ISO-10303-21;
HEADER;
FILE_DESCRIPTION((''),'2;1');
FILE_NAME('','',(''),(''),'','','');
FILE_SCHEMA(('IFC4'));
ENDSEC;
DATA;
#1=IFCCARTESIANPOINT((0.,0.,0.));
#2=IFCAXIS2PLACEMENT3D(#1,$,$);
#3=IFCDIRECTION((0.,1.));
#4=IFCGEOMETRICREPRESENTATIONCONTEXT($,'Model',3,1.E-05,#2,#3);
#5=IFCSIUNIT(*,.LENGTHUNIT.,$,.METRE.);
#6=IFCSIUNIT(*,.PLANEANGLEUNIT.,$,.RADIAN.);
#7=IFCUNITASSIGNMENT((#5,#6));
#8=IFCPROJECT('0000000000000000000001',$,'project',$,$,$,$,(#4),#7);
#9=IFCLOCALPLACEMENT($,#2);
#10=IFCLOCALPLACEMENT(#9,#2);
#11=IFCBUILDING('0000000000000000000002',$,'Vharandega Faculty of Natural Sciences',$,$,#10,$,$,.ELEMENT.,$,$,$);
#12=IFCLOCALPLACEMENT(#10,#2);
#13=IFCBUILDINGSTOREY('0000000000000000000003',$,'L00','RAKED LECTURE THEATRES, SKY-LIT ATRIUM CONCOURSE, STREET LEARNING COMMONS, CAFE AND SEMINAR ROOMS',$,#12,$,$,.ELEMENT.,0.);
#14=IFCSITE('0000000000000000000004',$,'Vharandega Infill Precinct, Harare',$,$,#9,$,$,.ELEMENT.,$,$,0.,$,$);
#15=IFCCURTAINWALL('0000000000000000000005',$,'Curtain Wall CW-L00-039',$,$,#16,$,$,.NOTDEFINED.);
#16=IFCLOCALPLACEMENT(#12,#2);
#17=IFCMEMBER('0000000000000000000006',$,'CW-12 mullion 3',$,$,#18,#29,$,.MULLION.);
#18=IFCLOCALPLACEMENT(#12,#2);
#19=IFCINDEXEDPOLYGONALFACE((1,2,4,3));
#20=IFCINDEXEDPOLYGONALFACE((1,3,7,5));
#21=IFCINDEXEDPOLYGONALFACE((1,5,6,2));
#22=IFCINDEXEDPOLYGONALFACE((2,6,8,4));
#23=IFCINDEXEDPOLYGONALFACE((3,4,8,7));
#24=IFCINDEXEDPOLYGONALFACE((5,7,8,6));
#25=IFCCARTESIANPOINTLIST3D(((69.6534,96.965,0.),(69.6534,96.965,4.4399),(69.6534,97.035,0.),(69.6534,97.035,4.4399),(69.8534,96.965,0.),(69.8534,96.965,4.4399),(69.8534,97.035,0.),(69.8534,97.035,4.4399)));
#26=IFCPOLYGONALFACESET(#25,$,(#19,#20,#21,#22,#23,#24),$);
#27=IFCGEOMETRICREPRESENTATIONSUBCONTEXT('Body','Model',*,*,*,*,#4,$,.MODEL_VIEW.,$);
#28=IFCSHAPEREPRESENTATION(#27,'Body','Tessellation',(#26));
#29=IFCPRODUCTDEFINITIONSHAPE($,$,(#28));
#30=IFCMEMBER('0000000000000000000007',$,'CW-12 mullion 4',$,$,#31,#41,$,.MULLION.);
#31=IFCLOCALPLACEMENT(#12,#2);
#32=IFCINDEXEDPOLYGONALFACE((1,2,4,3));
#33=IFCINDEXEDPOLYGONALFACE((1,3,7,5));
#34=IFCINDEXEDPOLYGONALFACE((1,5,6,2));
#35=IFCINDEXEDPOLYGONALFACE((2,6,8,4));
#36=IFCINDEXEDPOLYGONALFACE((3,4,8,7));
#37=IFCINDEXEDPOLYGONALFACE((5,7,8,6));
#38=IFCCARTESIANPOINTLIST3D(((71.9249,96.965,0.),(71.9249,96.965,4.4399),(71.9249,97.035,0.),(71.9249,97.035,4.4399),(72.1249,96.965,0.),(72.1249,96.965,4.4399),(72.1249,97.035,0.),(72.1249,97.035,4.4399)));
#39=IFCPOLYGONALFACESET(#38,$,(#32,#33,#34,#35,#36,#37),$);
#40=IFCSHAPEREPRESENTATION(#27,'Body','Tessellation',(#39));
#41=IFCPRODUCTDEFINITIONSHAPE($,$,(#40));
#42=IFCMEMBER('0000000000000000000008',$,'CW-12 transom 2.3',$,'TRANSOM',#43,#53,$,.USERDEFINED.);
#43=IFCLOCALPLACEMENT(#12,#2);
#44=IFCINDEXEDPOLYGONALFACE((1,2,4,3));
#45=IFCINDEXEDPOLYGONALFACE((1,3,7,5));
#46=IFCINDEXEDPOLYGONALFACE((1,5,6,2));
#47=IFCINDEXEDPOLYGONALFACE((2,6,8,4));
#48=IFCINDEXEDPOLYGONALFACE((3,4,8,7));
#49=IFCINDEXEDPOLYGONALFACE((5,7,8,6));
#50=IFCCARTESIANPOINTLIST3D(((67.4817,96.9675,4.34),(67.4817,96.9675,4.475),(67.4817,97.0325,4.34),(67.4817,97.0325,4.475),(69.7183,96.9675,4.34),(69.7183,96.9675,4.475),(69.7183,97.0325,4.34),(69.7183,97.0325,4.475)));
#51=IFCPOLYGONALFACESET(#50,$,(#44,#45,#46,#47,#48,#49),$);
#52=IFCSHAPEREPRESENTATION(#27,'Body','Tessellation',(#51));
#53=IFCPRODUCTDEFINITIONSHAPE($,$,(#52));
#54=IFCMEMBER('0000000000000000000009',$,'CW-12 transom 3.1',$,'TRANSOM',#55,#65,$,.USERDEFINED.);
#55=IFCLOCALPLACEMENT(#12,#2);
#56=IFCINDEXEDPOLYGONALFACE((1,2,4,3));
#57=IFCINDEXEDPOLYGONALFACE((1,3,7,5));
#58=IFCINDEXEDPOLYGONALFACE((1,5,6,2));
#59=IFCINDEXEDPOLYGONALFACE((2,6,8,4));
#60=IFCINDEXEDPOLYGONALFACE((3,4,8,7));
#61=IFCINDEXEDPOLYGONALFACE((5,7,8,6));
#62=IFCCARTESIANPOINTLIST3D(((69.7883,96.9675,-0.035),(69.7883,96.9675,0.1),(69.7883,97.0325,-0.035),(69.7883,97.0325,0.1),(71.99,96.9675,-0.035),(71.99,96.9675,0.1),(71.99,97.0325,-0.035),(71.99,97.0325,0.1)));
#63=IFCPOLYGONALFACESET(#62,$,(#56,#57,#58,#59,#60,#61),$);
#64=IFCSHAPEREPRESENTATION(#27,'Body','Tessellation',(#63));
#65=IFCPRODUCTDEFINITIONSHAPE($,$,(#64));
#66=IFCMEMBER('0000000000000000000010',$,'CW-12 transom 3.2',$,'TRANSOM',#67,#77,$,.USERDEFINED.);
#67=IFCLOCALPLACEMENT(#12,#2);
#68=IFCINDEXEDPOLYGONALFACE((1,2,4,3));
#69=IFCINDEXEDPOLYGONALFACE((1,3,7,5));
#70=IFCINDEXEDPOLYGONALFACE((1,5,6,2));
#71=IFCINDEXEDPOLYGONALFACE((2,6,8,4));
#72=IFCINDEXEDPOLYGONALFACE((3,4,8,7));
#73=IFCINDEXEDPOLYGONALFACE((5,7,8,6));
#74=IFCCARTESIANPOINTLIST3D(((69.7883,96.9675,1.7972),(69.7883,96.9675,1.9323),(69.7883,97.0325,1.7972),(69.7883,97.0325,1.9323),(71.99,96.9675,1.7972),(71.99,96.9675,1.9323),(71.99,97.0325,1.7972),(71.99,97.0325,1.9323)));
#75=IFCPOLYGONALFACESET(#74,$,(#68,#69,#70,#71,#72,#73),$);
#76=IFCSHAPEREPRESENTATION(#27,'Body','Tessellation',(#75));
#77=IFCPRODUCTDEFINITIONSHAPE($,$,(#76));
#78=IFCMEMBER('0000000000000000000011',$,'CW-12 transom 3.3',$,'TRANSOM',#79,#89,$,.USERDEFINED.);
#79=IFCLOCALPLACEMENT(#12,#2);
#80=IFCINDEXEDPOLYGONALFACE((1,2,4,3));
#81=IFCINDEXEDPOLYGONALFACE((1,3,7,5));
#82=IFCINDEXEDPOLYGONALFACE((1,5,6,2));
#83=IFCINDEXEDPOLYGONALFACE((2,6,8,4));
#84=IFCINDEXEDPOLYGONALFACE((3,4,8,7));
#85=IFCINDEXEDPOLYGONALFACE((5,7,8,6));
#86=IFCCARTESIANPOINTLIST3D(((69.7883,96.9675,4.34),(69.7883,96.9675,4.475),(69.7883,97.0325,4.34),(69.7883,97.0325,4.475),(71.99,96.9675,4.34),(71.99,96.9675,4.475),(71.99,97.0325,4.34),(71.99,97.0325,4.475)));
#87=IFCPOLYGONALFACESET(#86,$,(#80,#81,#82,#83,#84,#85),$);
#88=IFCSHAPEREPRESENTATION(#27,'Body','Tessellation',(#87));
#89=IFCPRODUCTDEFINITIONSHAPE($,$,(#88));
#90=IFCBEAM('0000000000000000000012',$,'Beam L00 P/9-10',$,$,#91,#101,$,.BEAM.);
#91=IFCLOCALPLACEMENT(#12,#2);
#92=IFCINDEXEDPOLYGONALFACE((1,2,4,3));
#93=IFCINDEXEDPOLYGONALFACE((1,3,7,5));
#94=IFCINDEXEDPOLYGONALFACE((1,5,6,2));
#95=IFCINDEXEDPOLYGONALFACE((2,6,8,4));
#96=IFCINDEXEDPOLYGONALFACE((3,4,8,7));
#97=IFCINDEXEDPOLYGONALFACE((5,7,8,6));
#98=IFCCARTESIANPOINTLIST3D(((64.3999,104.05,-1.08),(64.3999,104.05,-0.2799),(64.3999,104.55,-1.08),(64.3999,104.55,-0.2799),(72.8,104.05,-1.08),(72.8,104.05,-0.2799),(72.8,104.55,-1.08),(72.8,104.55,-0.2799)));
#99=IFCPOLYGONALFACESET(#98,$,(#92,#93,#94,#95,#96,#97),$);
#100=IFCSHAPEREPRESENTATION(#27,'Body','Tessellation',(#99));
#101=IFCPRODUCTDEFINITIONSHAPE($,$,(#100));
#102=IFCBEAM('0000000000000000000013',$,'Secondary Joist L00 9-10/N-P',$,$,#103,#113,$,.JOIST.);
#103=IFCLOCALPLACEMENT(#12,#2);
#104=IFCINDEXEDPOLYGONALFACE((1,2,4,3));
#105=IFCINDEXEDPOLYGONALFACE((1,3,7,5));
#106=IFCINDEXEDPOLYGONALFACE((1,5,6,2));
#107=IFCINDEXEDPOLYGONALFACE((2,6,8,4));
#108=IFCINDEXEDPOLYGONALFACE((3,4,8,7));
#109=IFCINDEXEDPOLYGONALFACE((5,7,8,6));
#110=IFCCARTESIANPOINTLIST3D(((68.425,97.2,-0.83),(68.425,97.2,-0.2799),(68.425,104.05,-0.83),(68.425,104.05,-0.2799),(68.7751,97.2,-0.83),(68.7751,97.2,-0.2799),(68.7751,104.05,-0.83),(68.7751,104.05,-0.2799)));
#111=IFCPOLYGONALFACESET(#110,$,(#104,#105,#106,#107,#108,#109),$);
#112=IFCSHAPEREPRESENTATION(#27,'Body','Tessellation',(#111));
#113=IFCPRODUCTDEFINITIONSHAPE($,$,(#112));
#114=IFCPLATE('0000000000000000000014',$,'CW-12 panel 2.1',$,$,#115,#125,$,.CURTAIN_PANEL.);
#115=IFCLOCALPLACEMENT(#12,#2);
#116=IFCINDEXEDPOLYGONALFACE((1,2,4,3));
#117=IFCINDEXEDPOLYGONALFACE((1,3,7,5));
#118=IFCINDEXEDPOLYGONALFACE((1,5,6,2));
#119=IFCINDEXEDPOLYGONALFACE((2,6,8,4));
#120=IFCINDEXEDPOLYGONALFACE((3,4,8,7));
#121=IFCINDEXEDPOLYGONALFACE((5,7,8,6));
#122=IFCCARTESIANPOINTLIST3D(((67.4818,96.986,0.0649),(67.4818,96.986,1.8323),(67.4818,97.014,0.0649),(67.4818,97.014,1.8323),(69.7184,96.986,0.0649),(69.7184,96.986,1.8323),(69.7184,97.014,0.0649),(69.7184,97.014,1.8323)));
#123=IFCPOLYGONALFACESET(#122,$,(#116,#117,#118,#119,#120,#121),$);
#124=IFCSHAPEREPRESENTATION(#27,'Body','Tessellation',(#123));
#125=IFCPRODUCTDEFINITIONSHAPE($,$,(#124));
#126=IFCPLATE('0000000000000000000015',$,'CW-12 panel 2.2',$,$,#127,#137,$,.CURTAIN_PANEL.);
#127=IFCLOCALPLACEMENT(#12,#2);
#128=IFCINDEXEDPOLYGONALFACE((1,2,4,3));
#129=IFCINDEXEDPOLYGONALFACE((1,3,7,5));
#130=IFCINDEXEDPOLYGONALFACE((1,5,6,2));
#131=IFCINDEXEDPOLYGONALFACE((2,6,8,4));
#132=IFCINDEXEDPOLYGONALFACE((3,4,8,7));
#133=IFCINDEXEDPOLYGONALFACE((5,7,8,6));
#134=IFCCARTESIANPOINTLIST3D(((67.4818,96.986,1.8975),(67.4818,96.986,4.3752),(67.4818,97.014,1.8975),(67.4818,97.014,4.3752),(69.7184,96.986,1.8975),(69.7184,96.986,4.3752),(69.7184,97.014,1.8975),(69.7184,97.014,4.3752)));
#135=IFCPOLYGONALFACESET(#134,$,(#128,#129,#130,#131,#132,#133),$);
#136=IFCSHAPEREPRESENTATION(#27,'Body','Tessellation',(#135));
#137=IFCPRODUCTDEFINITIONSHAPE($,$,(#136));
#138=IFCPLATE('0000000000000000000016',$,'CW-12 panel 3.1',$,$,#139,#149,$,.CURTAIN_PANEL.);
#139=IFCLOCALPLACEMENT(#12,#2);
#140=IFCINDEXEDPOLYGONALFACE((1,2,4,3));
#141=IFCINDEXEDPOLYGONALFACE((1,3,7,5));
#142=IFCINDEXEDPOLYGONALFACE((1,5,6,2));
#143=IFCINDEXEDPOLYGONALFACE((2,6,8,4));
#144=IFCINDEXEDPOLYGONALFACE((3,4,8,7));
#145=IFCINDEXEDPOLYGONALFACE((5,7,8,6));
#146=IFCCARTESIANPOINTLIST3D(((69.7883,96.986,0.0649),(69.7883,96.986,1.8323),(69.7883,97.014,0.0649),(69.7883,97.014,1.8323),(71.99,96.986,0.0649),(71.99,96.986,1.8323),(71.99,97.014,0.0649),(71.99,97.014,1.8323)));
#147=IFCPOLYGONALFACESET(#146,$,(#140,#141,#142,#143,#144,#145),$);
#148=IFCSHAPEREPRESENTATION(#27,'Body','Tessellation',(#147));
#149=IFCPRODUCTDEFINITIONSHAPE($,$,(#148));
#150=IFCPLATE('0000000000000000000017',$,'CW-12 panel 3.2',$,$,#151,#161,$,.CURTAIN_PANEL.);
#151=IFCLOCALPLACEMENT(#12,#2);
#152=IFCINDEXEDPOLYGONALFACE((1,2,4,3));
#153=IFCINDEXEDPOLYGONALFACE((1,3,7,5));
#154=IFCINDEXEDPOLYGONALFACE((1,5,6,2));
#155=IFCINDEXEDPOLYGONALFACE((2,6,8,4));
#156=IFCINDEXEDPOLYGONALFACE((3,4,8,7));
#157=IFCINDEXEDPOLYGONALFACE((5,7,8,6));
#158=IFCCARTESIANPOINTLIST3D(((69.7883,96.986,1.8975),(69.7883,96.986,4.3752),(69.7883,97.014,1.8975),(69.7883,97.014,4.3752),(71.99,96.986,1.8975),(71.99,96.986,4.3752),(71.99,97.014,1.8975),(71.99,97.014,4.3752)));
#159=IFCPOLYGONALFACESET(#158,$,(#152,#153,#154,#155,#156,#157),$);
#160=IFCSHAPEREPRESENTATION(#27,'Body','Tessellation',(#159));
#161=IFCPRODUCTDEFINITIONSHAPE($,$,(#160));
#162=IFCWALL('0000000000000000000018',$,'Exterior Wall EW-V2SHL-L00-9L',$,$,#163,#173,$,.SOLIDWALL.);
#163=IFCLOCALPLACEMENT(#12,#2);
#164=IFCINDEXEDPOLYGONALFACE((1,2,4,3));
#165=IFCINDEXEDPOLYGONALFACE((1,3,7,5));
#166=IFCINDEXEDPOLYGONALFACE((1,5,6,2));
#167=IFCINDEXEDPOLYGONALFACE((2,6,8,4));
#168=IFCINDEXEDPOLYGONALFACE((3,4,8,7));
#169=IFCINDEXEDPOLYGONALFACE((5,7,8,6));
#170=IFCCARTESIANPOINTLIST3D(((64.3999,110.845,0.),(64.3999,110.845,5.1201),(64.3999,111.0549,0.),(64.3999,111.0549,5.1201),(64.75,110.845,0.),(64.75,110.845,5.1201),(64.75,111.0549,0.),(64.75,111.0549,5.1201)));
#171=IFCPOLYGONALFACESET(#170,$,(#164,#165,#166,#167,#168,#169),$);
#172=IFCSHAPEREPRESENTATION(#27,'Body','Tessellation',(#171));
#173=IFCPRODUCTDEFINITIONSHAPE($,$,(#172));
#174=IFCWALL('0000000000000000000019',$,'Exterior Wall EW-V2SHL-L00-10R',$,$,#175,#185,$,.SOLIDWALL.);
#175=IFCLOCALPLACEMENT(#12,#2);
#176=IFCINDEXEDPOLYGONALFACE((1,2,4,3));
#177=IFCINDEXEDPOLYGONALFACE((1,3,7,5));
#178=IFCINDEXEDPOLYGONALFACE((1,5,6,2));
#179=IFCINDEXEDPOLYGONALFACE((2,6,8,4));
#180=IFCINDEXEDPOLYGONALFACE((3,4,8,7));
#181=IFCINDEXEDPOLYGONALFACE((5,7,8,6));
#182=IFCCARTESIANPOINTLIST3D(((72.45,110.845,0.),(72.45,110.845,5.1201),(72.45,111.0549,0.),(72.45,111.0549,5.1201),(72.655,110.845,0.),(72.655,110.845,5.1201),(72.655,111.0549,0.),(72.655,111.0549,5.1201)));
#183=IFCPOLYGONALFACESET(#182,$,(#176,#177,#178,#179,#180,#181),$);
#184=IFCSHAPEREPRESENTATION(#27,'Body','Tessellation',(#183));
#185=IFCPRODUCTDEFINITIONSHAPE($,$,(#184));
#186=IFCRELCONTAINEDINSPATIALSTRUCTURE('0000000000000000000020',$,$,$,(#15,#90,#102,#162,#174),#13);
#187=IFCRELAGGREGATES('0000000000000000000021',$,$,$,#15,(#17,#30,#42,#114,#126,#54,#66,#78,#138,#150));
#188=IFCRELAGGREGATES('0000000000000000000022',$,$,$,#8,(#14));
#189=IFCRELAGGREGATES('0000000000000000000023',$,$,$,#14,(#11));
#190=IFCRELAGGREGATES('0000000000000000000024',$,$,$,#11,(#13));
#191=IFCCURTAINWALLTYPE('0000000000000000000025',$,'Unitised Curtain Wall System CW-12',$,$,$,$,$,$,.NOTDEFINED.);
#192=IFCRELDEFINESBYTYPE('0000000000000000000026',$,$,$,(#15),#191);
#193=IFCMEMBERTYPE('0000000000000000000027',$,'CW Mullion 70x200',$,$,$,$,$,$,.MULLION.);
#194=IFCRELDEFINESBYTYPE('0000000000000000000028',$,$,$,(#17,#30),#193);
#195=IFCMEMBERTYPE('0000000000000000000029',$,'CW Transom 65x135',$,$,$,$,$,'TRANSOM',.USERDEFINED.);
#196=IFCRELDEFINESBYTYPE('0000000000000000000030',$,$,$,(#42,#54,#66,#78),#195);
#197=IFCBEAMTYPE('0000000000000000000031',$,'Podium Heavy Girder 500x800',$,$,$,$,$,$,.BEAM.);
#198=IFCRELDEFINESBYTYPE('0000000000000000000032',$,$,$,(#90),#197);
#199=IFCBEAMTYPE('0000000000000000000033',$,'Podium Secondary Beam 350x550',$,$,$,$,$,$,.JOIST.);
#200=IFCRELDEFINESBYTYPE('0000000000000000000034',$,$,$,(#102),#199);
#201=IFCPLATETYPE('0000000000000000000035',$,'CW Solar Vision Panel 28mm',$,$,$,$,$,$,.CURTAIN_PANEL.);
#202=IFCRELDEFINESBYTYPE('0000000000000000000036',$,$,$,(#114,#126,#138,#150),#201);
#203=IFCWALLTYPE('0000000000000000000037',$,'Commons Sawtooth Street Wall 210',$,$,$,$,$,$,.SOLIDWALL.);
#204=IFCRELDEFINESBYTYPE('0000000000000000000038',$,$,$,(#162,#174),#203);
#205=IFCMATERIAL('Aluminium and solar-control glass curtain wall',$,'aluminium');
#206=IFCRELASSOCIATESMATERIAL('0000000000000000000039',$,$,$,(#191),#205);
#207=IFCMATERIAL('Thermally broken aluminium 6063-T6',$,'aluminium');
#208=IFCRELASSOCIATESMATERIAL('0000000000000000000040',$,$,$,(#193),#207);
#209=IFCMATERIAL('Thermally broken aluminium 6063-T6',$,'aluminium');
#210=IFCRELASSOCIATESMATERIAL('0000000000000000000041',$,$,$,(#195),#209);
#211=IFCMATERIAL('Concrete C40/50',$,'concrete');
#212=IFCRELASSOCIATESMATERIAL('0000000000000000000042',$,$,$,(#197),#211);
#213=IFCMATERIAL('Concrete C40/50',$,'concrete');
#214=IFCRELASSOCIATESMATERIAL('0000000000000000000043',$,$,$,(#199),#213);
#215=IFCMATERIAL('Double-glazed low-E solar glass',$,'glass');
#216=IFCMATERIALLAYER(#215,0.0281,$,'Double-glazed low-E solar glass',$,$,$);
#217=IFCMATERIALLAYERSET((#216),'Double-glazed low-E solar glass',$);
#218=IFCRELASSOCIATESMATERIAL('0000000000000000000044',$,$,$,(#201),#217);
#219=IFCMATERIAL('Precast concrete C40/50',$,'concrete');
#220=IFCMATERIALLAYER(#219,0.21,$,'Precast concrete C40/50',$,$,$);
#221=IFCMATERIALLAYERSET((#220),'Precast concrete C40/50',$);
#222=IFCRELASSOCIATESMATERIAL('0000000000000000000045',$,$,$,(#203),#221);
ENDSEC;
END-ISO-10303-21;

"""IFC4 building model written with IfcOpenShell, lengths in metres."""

from ifc_helpers import new_model, si_unit, direction, frame, frame_2d, origin, origin_2d, place, context, subcontext, project, spatial, rectangle, extrude, material, layer, layer_set, material_profile, profile_set, type_object, element, aggregate, save


model = new_model("IFC4")

# Units and contexts
model_context = context("Model", 3, precision=1e-05, world=origin(), true_north=direction((0.0, 1.0)))
body_context = subcontext(model_context, "Body", "Model", "MODEL_VIEW")
ifc_project = project(units=[si_unit("LENGTHUNIT", "METRE"), si_unit("PLANEANGLEUNIT", "RADIAN")], contexts=[model_context])

# Site, building, storey
site_placement = place(None, origin())
site = spatial("IfcSite", under=ifc_project, at=site_placement, Name="Vharandega Infill Precinct, Harare", CompositionType="ELEMENT", RefElevation=0.0)
building_placement = place(site_placement, origin())
building = spatial("IfcBuilding", under=site, at=building_placement, Name="Vharandega Faculty of Natural Sciences", CompositionType="ELEMENT")
storey_placement = place(building_placement, origin())
storey = spatial("IfcBuildingStorey", under=building, at=storey_placement, Name="L00", Description="RAKED LECTURE THEATRES, SKY-LIT ATRIUM CONCOURSE, STREET LEARNING COMMONS, CAFE AND SEMINAR ROOMS", CompositionType="ELEMENT", Elevation=0.0)

# Curtain wall, members
ifc_material_1 = material(Name="Aluminium and solar-control glass curtain wall", Category="aluminium")
curtain_wall_type = type_object("IfcCurtainWallType", Name="Unitised Curtain Wall System CW-12", PredefinedType="NOTDEFINED", material=ifc_material_1)
curtain_wall_placement = place(storey_placement, origin())
curtain_wall = element("IfcCurtainWall", 1, at=curtain_wall_placement, inside=storey, type_object=curtain_wall_type, Name="Curtain Wall CW-L00-039", PredefinedType="NOTDEFINED")
ifc_material_2 = material(Name="Thermally broken aluminium 6063-T6", Category="aluminium")
ifc_material_profile_1 = material_profile(ifc_material_2, rectangle(XDim=0.0701, YDim=0.2, at=origin_2d()), Name="ALU 70x200")
ifc_profile_set_1 = profile_set([ifc_material_profile_1], Name="Thermally broken aluminium 6063-T6")
member_type_1 = type_object("IfcMemberType", Name="CW Mullion 70x200", PredefinedType="MULLION", material=ifc_profile_set_1)
member_1_placement = place(storey_placement, frame((69.7534, 97.0, 0.0), z_axis=(0.0, 0.0, 1.0), x_axis=(0.0, 1.0, 0.0)))
member_1 = element("IfcMember", 2, at=member_1_placement, type_object=member_type_1, Name="CW-12 mullion 3", PredefinedType="MULLION", context=body_context, shape_type="SweptSolid", body=[
    extrude(rectangle(XDim=0.0701, YDim=0.2, at=origin_2d()), origin(), (0.0, 0.0, 1.0), 4.4399),
])
member_2_placement = place(storey_placement, frame((72.0249, 97.0, 0.0), z_axis=(0.0, 0.0, 1.0), x_axis=(0.0, 1.0, 0.0)))
member_2 = element("IfcMember", 3, at=member_2_placement, type_object=member_type_1, Name="CW-12 mullion 4", PredefinedType="MULLION", context=body_context, shape_type="SweptSolid", body=[
    extrude(rectangle(XDim=0.0701, YDim=0.2, at=origin_2d()), origin(), (0.0, 0.0, 1.0), 4.4399),
])
ifc_material_3 = material(Name="Thermally broken aluminium 6063-T6", Category="aluminium")
ifc_material_profile_2 = material_profile(ifc_material_3, rectangle(XDim=0.0649, YDim=0.135, at=origin_2d()), Name="ALU 65x135")
ifc_profile_set_2 = profile_set([ifc_material_profile_2], Name="Thermally broken aluminium 6063-T6")
member_type_2 = type_object("IfcMemberType", Name="CW Transom 65x135", ElementType="TRANSOM", PredefinedType="USERDEFINED", material=ifc_profile_set_2)
member_3_placement = place(storey_placement, frame((67.4817, 97.0, 4.4075), z_axis=(1.0, 0.0, 0.0), x_axis=(0.0, 1.0, 0.0)))
member_3 = element("IfcMember", 4, at=member_3_placement, type_object=member_type_2, Name="CW-12 transom 2.3", ObjectType="TRANSOM", PredefinedType="USERDEFINED", context=body_context, shape_type="SweptSolid", body=[
    extrude(rectangle(XDim=0.0649, YDim=0.135, at=origin_2d()), origin(), (0.0, 0.0, 1.0), 2.2366),
])
member_4_placement = place(storey_placement, frame((69.7883, 97.0, 0.0325), z_axis=(1.0, 0.0, 0.0), x_axis=(0.0, 1.0, 0.0)))
member_4 = element("IfcMember", 5, at=member_4_placement, type_object=member_type_2, Name="CW-12 transom 3.1", ObjectType="TRANSOM", PredefinedType="USERDEFINED", context=body_context, shape_type="SweptSolid", body=[
    extrude(rectangle(XDim=0.0649, YDim=0.135, at=origin_2d()), origin(), (0.0, 0.0, 1.0), 2.2017),
])
member_5_placement = place(storey_placement, frame((69.7883, 97.0, 1.8647), z_axis=(1.0, 0.0, 0.0), x_axis=(0.0, 1.0, 0.0)))
member_5 = element("IfcMember", 6, at=member_5_placement, type_object=member_type_2, Name="CW-12 transom 3.2", ObjectType="TRANSOM", PredefinedType="USERDEFINED", context=body_context, shape_type="SweptSolid", body=[
    extrude(rectangle(XDim=0.0649, YDim=0.135, at=origin_2d()), origin(), (0.0, 0.0, 1.0), 2.2017),
])
member_6_placement = place(storey_placement, frame((69.7883, 97.0, 4.4075), z_axis=(1.0, 0.0, 0.0), x_axis=(0.0, 1.0, 0.0)))
member_6 = element("IfcMember", 7, at=member_6_placement, type_object=member_type_2, Name="CW-12 transom 3.3", ObjectType="TRANSOM", PredefinedType="USERDEFINED", context=body_context, shape_type="SweptSolid", body=[
    extrude(rectangle(XDim=0.0649, YDim=0.135, at=origin_2d()), origin(), (0.0, 0.0, 1.0), 2.2017),
])

# Beams
ifc_material_4 = material(Name="Concrete C40/50", Category="concrete")
ifc_material_profile_3 = material_profile(ifc_material_4, rectangle(XDim=0.5, YDim=0.8, at=origin_2d()), Name="RC 500x800")
ifc_profile_set_3 = profile_set([ifc_material_profile_3], Name="Concrete C40/50")
beam_type_1 = type_object("IfcBeamType", Name="Podium Heavy Girder 500x800", PredefinedType="BEAM", material=ifc_profile_set_3)
beam_1_placement = place(storey_placement, frame((64.3999, 104.3, -0.6799), z_axis=(1.0, 0.0, 0.0), x_axis=(0.0, 1.0, 0.0)))
element("IfcBeam", 8, at=beam_1_placement, inside=storey, type_object=beam_type_1, Name="Beam L00 P/9-10", PredefinedType="BEAM", context=body_context, shape_type="SweptSolid", body=[
    extrude(rectangle(XDim=0.5, YDim=0.8, at=origin_2d()), origin(), (0.0, 0.0, 1.0), 8.4001),
])
ifc_material_5 = material(Name="Concrete C40/50", Category="concrete")
ifc_material_profile_4 = material_profile(ifc_material_5, rectangle(XDim=0.3501, YDim=0.55, at=origin_2d()), Name="RC 350x550")
ifc_profile_set_4 = profile_set([ifc_material_profile_4], Name="Concrete C40/50")
beam_type_2 = type_object("IfcBeamType", Name="Podium Secondary Beam 350x550", PredefinedType="JOIST", material=ifc_profile_set_4)
beam_2_placement = place(storey_placement, frame((68.6001, 97.2, -0.5549), z_axis=(0.0, 1.0, 0.0), x_axis=(-1.0, 0.0, 0.0)))
element("IfcBeam", 9, at=beam_2_placement, inside=storey, type_object=beam_type_2, Name="Secondary Joist L00 9-10/N-P", PredefinedType="JOIST", context=body_context, shape_type="SweptSolid", body=[
    extrude(rectangle(XDim=0.3501, YDim=0.55, at=origin_2d()), origin(), (0.0, 0.0, 1.0), 6.8501),
])

# Plates
ifc_material_6 = material(Name="Double-glazed low-E solar glass", Category="glass")
ifc_layer_1 = layer(ifc_material_6, 0.0281, Name="Double-glazed low-E solar glass")
ifc_layer_set_1 = layer_set([ifc_layer_1], Name="Double-glazed low-E solar glass")
plate_type = type_object("IfcPlateType", Name="CW Solar Vision Panel 28mm", PredefinedType="CURTAIN_PANEL", material=ifc_layer_set_1)
plate_1_placement = place(storey_placement, frame((68.6001, 97.0, 0.0649), z_axis=(0.0, 0.0, 1.0), x_axis=(1.0, 0.0, 0.0)))
plate_1 = element("IfcPlate", 10, at=plate_1_placement, type_object=plate_type, Name="CW-12 panel 2.1", PredefinedType="CURTAIN_PANEL", context=body_context, shape_type="SweptSolid", body=[
    extrude(rectangle(XDim=2.2366, YDim=0.0281, at=origin_2d()), origin(), (0.0, 0.0, 1.0), 1.7673),
])
plate_2_placement = place(storey_placement, frame((68.6001, 97.0, 1.8975), z_axis=(0.0, 0.0, 1.0), x_axis=(1.0, 0.0, 0.0)))
plate_2 = element("IfcPlate", 11, at=plate_2_placement, type_object=plate_type, Name="CW-12 panel 2.2", PredefinedType="CURTAIN_PANEL", context=body_context, shape_type="SweptSolid", body=[
    extrude(rectangle(XDim=2.2366, YDim=0.0281, at=origin_2d()), origin(), (0.0, 0.0, 1.0), 2.4778),
])
plate_3_placement = place(storey_placement, frame((70.8892, 97.0, 0.0649), z_axis=(0.0, 0.0, 1.0), x_axis=(1.0, 0.0, 0.0)))
plate_3 = element("IfcPlate", 12, at=plate_3_placement, type_object=plate_type, Name="CW-12 panel 3.1", PredefinedType="CURTAIN_PANEL", context=body_context, shape_type="SweptSolid", body=[
    extrude(rectangle(XDim=2.2017, YDim=0.0281, at=origin_2d()), origin(), (0.0, 0.0, 1.0), 1.7673),
])
plate_4_placement = place(storey_placement, frame((70.8892, 97.0, 1.8975), z_axis=(0.0, 0.0, 1.0), x_axis=(1.0, 0.0, 0.0)))
plate_4 = element("IfcPlate", 13, at=plate_4_placement, type_object=plate_type, Name="CW-12 panel 3.2", PredefinedType="CURTAIN_PANEL", context=body_context, shape_type="SweptSolid", body=[
    extrude(rectangle(XDim=2.2017, YDim=0.0281, at=origin_2d()), origin(), (0.0, 0.0, 1.0), 2.4778),
])
aggregate(curtain_wall, [member_1, member_2, member_3, plate_1, plate_2, member_4, member_5, member_6, plate_3, plate_4])

# Walls
ifc_material_7 = material(Name="Precast concrete C40/50", Category="concrete")
ifc_layer_2 = layer(ifc_material_7, 0.21, Name="Precast concrete C40/50")
ifc_layer_set_2 = layer_set([ifc_layer_2], Name="Precast concrete C40/50")
wall_type_1 = type_object("IfcWallType", Name="Commons Sawtooth Street Wall 210", PredefinedType="SOLIDWALL", material=ifc_layer_set_2)
wall_1_placement = place(storey_placement, frame((64.3999, 110.95, 0.0), z_axis=(0.0, 0.0, 1.0), x_axis=(1.0, 0.0, 0.0)))
element("IfcWall", 14, at=wall_1_placement, inside=storey, type_object=wall_type_1, Name="Exterior Wall EW-V2SHL-L00-9L", PredefinedType="SOLIDWALL", context=body_context, shape_type="SweptSolid", body=[
    extrude(rectangle(XDim=0.3501, YDim=0.21, at=frame_2d((0.175, 0.0))), origin(), (0.0, 0.0, 1.0), 5.1201),
])
wall_2_placement = place(storey_placement, frame((72.45, 110.95, 0.0), z_axis=(0.0, 0.0, 1.0), x_axis=(1.0, 0.0, 0.0)))
element("IfcWall", 15, at=wall_2_placement, inside=storey, type_object=wall_type_1, Name="Exterior Wall EW-V2SHL-L00-10R", PredefinedType="SOLIDWALL", context=body_context, shape_type="SweptSolid", body=[
    extrude(rectangle(XDim=0.2051, YDim=0.21, at=frame_2d((0.1025, 0.0))), origin(), (0.0, 0.0, 1.0), 5.1201),
])

save(model, "model.ifc")
